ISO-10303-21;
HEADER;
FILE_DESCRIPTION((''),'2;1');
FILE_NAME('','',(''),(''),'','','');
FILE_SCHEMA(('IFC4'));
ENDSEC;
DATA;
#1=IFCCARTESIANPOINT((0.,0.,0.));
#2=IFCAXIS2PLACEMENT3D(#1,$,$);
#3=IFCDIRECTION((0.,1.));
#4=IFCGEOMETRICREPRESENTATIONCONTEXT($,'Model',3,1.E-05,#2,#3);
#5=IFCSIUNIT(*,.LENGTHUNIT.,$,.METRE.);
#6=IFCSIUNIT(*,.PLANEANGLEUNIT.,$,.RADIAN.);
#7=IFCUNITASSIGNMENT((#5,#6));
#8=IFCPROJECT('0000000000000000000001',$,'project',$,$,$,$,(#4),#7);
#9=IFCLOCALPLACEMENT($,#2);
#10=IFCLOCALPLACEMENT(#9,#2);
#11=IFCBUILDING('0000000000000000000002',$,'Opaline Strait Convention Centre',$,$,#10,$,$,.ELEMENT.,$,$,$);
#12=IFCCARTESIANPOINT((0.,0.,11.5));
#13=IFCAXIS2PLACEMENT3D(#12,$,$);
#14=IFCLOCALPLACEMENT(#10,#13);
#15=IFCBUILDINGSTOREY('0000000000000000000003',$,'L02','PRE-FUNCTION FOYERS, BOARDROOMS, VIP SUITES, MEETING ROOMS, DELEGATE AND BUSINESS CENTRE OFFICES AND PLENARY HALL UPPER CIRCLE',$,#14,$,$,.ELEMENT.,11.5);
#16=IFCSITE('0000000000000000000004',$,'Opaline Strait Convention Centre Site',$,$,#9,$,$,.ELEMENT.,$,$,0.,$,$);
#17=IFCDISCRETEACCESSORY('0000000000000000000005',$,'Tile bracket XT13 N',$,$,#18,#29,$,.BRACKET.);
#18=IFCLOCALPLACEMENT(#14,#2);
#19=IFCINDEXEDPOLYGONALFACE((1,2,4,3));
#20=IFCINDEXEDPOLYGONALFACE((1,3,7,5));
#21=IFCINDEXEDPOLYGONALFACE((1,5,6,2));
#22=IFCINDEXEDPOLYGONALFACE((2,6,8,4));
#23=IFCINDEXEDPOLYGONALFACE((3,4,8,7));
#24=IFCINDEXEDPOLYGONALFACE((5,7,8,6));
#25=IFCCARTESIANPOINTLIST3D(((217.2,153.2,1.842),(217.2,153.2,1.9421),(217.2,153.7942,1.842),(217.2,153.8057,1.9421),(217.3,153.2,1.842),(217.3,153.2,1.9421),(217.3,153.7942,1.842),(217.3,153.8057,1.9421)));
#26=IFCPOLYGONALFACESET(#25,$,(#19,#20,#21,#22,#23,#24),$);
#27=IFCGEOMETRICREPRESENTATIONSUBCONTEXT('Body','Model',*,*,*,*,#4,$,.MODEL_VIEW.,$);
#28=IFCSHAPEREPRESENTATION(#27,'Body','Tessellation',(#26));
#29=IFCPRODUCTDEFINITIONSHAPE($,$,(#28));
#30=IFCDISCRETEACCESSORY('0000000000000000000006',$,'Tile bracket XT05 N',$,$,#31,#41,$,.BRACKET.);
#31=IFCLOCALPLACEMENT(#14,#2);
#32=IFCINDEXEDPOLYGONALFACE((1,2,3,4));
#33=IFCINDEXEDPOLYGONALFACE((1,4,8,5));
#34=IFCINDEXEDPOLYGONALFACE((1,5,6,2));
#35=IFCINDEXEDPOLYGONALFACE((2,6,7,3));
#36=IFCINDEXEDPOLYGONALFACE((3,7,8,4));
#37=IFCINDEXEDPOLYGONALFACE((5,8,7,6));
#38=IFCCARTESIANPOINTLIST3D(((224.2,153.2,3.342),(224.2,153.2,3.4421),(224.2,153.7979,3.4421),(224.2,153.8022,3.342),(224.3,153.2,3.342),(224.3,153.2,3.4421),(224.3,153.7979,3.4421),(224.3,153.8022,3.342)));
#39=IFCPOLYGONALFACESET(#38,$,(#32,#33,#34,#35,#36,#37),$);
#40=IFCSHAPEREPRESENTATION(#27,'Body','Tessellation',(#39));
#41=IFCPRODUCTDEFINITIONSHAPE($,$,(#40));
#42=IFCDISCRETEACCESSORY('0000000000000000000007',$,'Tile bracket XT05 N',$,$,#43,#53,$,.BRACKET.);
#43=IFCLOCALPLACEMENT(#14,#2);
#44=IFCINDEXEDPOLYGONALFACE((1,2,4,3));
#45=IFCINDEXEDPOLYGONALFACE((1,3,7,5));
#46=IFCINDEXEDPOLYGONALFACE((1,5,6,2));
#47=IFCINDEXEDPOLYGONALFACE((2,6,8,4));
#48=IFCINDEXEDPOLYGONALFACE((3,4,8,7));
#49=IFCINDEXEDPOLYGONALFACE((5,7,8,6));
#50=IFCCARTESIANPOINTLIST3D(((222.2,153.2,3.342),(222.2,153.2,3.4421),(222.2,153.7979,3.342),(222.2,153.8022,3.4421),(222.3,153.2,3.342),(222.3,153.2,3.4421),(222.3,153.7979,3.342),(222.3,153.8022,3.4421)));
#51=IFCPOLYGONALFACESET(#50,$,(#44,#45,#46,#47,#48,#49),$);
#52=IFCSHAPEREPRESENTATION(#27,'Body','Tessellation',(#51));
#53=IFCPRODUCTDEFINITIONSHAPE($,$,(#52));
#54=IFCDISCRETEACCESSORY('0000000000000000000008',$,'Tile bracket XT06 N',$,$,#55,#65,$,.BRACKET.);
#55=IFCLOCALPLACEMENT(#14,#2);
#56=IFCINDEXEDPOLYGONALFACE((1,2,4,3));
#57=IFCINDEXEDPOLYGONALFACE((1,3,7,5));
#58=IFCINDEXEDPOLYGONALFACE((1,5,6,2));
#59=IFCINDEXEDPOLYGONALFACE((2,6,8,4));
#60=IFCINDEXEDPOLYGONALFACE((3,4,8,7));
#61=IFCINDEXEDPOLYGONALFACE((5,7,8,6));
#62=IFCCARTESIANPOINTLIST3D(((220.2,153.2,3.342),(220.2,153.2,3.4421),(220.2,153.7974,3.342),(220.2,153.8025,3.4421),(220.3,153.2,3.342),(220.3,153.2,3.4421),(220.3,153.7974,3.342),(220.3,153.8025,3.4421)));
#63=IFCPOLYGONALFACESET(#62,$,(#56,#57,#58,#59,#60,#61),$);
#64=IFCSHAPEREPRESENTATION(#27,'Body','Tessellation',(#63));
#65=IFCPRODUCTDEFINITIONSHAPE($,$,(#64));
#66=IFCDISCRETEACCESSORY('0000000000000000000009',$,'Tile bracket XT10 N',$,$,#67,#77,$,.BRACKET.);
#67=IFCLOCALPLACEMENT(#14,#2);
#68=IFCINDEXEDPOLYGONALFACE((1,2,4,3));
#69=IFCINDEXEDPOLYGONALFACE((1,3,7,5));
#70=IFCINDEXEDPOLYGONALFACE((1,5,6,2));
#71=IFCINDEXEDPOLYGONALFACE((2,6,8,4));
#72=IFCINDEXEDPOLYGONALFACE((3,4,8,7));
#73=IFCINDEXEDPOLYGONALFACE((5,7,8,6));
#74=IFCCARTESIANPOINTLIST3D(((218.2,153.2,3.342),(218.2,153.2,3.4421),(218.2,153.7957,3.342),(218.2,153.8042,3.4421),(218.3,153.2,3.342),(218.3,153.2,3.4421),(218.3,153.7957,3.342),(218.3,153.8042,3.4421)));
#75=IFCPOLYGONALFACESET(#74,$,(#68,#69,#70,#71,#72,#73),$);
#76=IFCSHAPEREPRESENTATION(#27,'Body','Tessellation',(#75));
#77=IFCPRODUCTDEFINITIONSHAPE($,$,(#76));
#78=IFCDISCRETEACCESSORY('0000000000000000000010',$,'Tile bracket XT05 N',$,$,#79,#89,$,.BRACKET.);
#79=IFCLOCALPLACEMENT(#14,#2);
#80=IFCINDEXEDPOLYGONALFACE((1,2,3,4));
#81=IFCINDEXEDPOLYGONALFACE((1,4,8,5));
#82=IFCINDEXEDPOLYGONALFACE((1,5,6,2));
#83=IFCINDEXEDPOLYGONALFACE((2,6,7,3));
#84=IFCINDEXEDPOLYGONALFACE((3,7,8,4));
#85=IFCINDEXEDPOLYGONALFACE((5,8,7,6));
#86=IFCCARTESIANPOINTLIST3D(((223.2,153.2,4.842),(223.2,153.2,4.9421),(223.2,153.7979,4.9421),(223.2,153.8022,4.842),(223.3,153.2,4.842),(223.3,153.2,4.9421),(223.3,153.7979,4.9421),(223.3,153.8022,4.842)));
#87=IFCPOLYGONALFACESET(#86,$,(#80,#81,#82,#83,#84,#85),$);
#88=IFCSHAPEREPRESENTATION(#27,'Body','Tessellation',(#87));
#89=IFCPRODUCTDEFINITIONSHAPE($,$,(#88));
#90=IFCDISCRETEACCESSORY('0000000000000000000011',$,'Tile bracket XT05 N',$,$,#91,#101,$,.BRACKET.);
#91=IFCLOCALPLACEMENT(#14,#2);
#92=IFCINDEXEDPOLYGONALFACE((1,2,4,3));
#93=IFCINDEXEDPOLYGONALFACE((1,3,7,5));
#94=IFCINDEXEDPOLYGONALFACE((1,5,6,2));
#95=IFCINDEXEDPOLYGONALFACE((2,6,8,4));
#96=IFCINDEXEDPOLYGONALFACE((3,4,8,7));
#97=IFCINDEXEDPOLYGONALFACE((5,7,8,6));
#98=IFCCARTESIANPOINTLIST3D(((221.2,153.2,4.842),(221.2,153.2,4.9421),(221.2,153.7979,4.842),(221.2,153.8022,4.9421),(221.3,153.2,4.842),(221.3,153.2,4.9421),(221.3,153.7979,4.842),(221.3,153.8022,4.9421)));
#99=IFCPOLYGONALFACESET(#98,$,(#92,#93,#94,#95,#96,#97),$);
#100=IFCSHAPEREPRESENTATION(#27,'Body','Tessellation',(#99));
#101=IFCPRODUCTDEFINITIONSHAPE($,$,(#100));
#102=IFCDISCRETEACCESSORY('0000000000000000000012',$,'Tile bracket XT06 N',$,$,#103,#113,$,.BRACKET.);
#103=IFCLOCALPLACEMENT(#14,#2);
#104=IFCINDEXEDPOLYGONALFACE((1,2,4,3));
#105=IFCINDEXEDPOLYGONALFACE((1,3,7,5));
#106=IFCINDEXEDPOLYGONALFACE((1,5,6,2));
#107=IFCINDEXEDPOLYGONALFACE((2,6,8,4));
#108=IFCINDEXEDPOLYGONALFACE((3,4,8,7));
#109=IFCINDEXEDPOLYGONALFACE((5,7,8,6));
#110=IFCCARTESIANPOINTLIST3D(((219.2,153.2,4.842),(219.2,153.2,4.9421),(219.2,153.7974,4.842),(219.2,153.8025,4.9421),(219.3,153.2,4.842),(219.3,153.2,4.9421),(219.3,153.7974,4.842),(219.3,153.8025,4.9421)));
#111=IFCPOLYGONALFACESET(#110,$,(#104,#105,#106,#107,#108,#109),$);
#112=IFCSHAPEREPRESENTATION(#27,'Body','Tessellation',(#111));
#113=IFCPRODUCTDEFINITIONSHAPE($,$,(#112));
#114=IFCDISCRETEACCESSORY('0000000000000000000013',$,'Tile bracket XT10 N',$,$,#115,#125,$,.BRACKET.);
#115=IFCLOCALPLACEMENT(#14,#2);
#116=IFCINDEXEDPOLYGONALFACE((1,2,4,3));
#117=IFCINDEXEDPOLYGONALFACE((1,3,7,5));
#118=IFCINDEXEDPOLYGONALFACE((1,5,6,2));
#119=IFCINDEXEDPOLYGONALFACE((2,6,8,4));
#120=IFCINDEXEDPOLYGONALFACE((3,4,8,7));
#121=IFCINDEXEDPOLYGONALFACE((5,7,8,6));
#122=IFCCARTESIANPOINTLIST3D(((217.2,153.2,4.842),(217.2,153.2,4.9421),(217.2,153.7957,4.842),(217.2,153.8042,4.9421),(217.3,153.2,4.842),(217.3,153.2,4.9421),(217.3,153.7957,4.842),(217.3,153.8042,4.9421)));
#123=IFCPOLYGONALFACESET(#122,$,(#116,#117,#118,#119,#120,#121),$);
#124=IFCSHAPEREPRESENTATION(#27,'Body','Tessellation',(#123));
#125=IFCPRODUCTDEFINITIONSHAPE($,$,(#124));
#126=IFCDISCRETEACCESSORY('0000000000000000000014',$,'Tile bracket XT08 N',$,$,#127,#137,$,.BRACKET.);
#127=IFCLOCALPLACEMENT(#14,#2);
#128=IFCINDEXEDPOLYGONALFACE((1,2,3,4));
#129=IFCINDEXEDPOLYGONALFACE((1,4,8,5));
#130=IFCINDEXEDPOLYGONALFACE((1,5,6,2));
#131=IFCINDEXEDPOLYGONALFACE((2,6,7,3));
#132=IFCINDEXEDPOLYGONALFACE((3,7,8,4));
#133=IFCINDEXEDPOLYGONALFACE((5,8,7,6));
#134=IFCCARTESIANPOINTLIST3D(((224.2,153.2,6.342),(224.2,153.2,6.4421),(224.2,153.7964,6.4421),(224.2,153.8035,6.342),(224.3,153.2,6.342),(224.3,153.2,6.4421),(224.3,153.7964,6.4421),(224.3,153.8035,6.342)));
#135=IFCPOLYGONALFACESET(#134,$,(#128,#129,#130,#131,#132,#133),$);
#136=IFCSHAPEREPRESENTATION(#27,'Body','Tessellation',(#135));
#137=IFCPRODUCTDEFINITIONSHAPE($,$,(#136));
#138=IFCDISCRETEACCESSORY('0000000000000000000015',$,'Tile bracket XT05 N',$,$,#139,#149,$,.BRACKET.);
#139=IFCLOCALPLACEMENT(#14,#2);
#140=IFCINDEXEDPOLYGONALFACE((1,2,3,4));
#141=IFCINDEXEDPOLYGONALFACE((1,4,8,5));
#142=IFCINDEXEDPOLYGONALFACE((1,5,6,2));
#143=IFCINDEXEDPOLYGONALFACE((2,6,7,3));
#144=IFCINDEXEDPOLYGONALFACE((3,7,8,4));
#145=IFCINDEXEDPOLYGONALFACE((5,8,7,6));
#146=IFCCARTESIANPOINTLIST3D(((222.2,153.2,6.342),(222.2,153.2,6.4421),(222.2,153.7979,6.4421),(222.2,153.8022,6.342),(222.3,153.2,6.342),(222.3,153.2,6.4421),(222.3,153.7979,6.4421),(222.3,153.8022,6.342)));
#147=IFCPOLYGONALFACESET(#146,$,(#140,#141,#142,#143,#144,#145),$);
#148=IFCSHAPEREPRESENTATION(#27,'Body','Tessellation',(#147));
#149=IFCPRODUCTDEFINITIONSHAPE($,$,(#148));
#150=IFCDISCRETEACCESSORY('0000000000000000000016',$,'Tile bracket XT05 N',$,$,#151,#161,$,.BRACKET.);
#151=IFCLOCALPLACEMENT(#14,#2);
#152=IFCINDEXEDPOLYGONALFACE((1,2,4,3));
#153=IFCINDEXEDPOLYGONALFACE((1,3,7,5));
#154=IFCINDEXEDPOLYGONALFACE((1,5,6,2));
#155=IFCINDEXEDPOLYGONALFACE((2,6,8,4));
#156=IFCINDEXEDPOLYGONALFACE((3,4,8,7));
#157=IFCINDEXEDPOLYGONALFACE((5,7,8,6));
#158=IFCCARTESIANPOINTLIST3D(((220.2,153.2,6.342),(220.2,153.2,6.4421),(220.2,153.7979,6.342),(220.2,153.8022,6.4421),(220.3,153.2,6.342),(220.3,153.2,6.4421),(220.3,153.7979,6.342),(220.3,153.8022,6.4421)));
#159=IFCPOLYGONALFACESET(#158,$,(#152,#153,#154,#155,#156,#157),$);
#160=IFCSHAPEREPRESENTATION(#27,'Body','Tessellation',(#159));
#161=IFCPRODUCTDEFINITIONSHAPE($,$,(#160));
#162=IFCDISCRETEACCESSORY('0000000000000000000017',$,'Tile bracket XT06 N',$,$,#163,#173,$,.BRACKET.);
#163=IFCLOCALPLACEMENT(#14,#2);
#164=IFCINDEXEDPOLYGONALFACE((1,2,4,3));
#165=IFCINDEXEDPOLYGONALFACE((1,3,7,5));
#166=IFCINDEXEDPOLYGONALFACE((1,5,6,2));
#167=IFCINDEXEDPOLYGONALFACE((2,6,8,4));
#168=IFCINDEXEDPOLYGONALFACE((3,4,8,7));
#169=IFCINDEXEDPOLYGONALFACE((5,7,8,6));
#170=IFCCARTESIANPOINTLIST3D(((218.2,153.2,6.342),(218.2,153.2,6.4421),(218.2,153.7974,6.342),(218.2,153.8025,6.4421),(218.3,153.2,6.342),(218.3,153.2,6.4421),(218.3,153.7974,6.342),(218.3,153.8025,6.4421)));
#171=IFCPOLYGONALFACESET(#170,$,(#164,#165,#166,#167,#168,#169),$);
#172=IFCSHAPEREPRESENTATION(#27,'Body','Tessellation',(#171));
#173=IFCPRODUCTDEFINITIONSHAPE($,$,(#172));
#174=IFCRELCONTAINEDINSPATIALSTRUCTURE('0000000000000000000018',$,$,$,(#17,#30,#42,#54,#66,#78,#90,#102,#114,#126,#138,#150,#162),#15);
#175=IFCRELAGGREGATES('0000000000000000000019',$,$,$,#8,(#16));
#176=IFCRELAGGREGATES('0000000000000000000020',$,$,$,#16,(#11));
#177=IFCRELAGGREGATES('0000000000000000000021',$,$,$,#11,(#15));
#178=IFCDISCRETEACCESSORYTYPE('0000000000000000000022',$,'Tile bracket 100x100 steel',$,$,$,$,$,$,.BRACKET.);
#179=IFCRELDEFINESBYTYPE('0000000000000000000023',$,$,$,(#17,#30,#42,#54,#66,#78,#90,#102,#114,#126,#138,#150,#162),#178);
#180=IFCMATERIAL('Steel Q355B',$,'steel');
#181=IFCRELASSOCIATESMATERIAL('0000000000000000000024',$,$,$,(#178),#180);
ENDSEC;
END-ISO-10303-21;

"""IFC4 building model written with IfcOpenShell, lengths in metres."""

from ifc_helpers import new_model, si_unit, direction, frame, origin, place, context, subcontext, project, spatial, polyline, outline, extrude, material, type_object, element, save


model = new_model("IFC4")

# Units and contexts
model_context = context("Model", 3, precision=1e-05, world=origin(), true_north=direction((0.0, 1.0)))
body_context = subcontext(model_context, "Body", "Model", "MODEL_VIEW")
ifc_project = project(units=[si_unit("LENGTHUNIT", "METRE"), si_unit("PLANEANGLEUNIT", "RADIAN")], contexts=[model_context])

# Site, building, storey
site_placement = place(None, origin())
site = spatial("IfcSite", under=ifc_project, at=site_placement, Name="Opaline Strait Convention Centre Site", CompositionType="ELEMENT", RefElevation=0.0)
building_placement = place(site_placement, origin())
building = spatial("IfcBuilding", under=site, at=building_placement, Name="Opaline Strait Convention Centre", CompositionType="ELEMENT")
storey_placement = place(building_placement, frame((0.0, 0.0, 11.5)))
storey = spatial("IfcBuildingStorey", under=building, at=storey_placement, Name="L02", Description="PRE-FUNCTION FOYERS, BOARDROOMS, VIP SUITES, MEETING ROOMS, DELEGATE AND BUSINESS CENTRE OFFICES AND PLENARY HALL UPPER CIRCLE", CompositionType="ELEMENT", Elevation=11.5)

# Shared definitions
ifc_material_1 = material(Name="Steel Q355B", Category="steel")

# Discrete accessories
discrete_accessory_type = type_object("IfcDiscreteAccessoryType", Name="Tile bracket 100x100 steel", PredefinedType="BRACKET", material=ifc_material_1)
discrete_accessory_1_placement = place(storey_placement, frame((217.3, 153.2, 1.8921), z_axis=(-1.0, 0.0, 0.0), x_axis=(0.0, -1.0, 0.0)))
element("IfcDiscreteAccessory", 1, at=discrete_accessory_1_placement, inside=storey, type_object=discrete_accessory_type, Name="Tile bracket XT13 N", PredefinedType="BRACKET", context=body_context, shape_type="SweptSolid", body=[
    extrude(outline(polyline([(0.0, -0.05), (0.0, 0.05), (-0.6057, 0.05), (-0.5942, -0.05), (0.0, -0.05)])), origin(), (0.0, 0.0, 1.0), 0.1001),
])
discrete_accessory_2_placement = place(storey_placement, frame((224.3, 153.2, 3.3921), z_axis=(-1.0, 0.0, 0.0), x_axis=(0.0, -1.0, 0.0)))
element("IfcDiscreteAccessory", 2, at=discrete_accessory_2_placement, inside=storey, type_object=discrete_accessory_type, Name="Tile bracket XT05 N", PredefinedType="BRACKET", context=body_context, shape_type="SweptSolid", body=[
    extrude(outline(polyline([(0.0, -0.05), (0.0, 0.05), (-0.5979, 0.05), (-0.6023, -0.05), (0.0, -0.05)])), origin(), (0.0, 0.0, 1.0), 0.1001),
])
discrete_accessory_3_placement = place(storey_placement, frame((222.3, 153.2, 3.3921), z_axis=(-1.0, 0.0, 0.0), x_axis=(0.0, -1.0, 0.0)))
element("IfcDiscreteAccessory", 3, at=discrete_accessory_3_placement, inside=storey, type_object=discrete_accessory_type, Name="Tile bracket XT05 N", PredefinedType="BRACKET", context=body_context, shape_type="SweptSolid", body=[
    extrude(outline(polyline([(0.0, -0.05), (0.0, 0.05), (-0.6023, 0.05), (-0.5979, -0.05), (0.0, -0.05)])), origin(), (0.0, 0.0, 1.0), 0.1001),
])
discrete_accessory_4_placement = place(storey_placement, frame((220.3, 153.2, 3.3921), z_axis=(-1.0, 0.0, 0.0), x_axis=(0.0, -1.0, 0.0)))
element("IfcDiscreteAccessory", 4, at=discrete_accessory_4_placement, inside=storey, type_object=discrete_accessory_type, Name="Tile bracket XT06 N", PredefinedType="BRACKET", context=body_context, shape_type="SweptSolid", body=[
    extrude(outline(polyline([(0.0, -0.05), (0.0, 0.05), (-0.6025, 0.05), (-0.5974, -0.05), (0.0, -0.05)])), origin(), (0.0, 0.0, 1.0), 0.1001),
])
discrete_accessory_5_placement = place(storey_placement, frame((218.3, 153.2, 3.3921), z_axis=(-1.0, 0.0, 0.0), x_axis=(0.0, -1.0, 0.0)))
element("IfcDiscreteAccessory", 5, at=discrete_accessory_5_placement, inside=storey, type_object=discrete_accessory_type, Name="Tile bracket XT10 N", PredefinedType="BRACKET", context=body_context, shape_type="SweptSolid", body=[
    extrude(outline(polyline([(0.0, -0.05), (0.0, 0.05), (-0.6042, 0.05), (-0.5957, -0.05), (0.0, -0.05)])), origin(), (0.0, 0.0, 1.0), 0.1001),
])
discrete_accessory_6_placement = place(storey_placement, frame((223.3, 153.2, 4.8921), z_axis=(-1.0, 0.0, 0.0), x_axis=(0.0, -1.0, 0.0)))
element("IfcDiscreteAccessory", 6, at=discrete_accessory_6_placement, inside=storey, type_object=discrete_accessory_type, Name="Tile bracket XT05 N", PredefinedType="BRACKET", context=body_context, shape_type="SweptSolid", body=[
    extrude(outline(polyline([(0.0, -0.05), (0.0, 0.05), (-0.5979, 0.05), (-0.6023, -0.05), (0.0, -0.05)])), origin(), (0.0, 0.0, 1.0), 0.1001),
])
discrete_accessory_7_placement = place(storey_placement, frame((221.3, 153.2, 4.8921), z_axis=(-1.0, 0.0, 0.0), x_axis=(0.0, -1.0, 0.0)))
element("IfcDiscreteAccessory", 7, at=discrete_accessory_7_placement, inside=storey, type_object=discrete_accessory_type, Name="Tile bracket XT05 N", PredefinedType="BRACKET", context=body_context, shape_type="SweptSolid", body=[
    extrude(outline(polyline([(0.0, -0.05), (0.0, 0.05), (-0.6023, 0.05), (-0.5979, -0.05), (0.0, -0.05)])), origin(), (0.0, 0.0, 1.0), 0.1001),
])
discrete_accessory_8_placement = place(storey_placement, frame((219.3, 153.2, 4.8921), z_axis=(-1.0, 0.0, 0.0), x_axis=(0.0, -1.0, 0.0)))
element("IfcDiscreteAccessory", 8, at=discrete_accessory_8_placement, inside=storey, type_object=discrete_accessory_type, Name="Tile bracket XT06 N", PredefinedType="BRACKET", context=body_context, shape_type="SweptSolid", body=[
    extrude(outline(polyline([(0.0, -0.05), (0.0, 0.05), (-0.6025, 0.05), (-0.5974, -0.05), (0.0, -0.05)])), origin(), (0.0, 0.0, 1.0), 0.1001),
])
discrete_accessory_9_placement = place(storey_placement, frame((217.3, 153.2, 4.8921), z_axis=(-1.0, 0.0, 0.0), x_axis=(0.0, -1.0, 0.0)))
element("IfcDiscreteAccessory", 9, at=discrete_accessory_9_placement, inside=storey, type_object=discrete_accessory_type, Name="Tile bracket XT10 N", PredefinedType="BRACKET", context=body_context, shape_type="SweptSolid", body=[
    extrude(outline(polyline([(0.0, -0.05), (0.0, 0.05), (-0.6042, 0.05), (-0.5957, -0.05), (0.0, -0.05)])), origin(), (0.0, 0.0, 1.0), 0.1001),
])
discrete_accessory_10_placement = place(storey_placement, frame((224.3, 153.2, 6.3921), z_axis=(-1.0, 0.0, 0.0), x_axis=(0.0, -1.0, 0.0)))
element("IfcDiscreteAccessory", 10, at=discrete_accessory_10_placement, inside=storey, type_object=discrete_accessory_type, Name="Tile bracket XT08 N", PredefinedType="BRACKET", context=body_context, shape_type="SweptSolid", body=[
    extrude(outline(polyline([(0.0, -0.05), (0.0, 0.05), (-0.5964, 0.05), (-0.6035, -0.05), (0.0, -0.05)])), origin(), (0.0, 0.0, 1.0), 0.1001),
])
discrete_accessory_11_placement = place(storey_placement, frame((222.3, 153.2, 6.3921), z_axis=(-1.0, 0.0, 0.0), x_axis=(0.0, -1.0, 0.0)))
element("IfcDiscreteAccessory", 11, at=discrete_accessory_11_placement, inside=storey, type_object=discrete_accessory_type, Name="Tile bracket XT05 N", PredefinedType="BRACKET", context=body_context, shape_type="SweptSolid", body=[
    extrude(outline(polyline([(0.0, -0.05), (0.0, 0.05), (-0.5979, 0.05), (-0.6023, -0.05), (0.0, -0.05)])), origin(), (0.0, 0.0, 1.0), 0.1001),
])
discrete_accessory_12_placement = place(storey_placement, frame((220.3, 153.2, 6.3921), z_axis=(-1.0, 0.0, 0.0), x_axis=(0.0, -1.0, 0.0)))
element("IfcDiscreteAccessory", 12, at=discrete_accessory_12_placement, inside=storey, type_object=discrete_accessory_type, Name="Tile bracket XT05 N", PredefinedType="BRACKET", context=body_context, shape_type="SweptSolid", body=[
    extrude(outline(polyline([(0.0, -0.05), (0.0, 0.05), (-0.6023, 0.05), (-0.5979, -0.05), (0.0, -0.05)])), origin(), (0.0, 0.0, 1.0), 0.1001),
])
discrete_accessory_13_placement = place(storey_placement, frame((218.3, 153.2, 6.3921), z_axis=(-1.0, 0.0, 0.0), x_axis=(0.0, -1.0, 0.0)))
element("IfcDiscreteAccessory", 13, at=discrete_accessory_13_placement, inside=storey, type_object=discrete_accessory_type, Name="Tile bracket XT06 N", PredefinedType="BRACKET", context=body_context, shape_type="SweptSolid", body=[
    extrude(outline(polyline([(0.0, -0.05), (0.0, 0.05), (-0.6025, 0.05), (-0.5974, -0.05), (0.0, -0.05)])), origin(), (0.0, 0.0, 1.0), 0.1001),
])

save(model, "model.ifc")
